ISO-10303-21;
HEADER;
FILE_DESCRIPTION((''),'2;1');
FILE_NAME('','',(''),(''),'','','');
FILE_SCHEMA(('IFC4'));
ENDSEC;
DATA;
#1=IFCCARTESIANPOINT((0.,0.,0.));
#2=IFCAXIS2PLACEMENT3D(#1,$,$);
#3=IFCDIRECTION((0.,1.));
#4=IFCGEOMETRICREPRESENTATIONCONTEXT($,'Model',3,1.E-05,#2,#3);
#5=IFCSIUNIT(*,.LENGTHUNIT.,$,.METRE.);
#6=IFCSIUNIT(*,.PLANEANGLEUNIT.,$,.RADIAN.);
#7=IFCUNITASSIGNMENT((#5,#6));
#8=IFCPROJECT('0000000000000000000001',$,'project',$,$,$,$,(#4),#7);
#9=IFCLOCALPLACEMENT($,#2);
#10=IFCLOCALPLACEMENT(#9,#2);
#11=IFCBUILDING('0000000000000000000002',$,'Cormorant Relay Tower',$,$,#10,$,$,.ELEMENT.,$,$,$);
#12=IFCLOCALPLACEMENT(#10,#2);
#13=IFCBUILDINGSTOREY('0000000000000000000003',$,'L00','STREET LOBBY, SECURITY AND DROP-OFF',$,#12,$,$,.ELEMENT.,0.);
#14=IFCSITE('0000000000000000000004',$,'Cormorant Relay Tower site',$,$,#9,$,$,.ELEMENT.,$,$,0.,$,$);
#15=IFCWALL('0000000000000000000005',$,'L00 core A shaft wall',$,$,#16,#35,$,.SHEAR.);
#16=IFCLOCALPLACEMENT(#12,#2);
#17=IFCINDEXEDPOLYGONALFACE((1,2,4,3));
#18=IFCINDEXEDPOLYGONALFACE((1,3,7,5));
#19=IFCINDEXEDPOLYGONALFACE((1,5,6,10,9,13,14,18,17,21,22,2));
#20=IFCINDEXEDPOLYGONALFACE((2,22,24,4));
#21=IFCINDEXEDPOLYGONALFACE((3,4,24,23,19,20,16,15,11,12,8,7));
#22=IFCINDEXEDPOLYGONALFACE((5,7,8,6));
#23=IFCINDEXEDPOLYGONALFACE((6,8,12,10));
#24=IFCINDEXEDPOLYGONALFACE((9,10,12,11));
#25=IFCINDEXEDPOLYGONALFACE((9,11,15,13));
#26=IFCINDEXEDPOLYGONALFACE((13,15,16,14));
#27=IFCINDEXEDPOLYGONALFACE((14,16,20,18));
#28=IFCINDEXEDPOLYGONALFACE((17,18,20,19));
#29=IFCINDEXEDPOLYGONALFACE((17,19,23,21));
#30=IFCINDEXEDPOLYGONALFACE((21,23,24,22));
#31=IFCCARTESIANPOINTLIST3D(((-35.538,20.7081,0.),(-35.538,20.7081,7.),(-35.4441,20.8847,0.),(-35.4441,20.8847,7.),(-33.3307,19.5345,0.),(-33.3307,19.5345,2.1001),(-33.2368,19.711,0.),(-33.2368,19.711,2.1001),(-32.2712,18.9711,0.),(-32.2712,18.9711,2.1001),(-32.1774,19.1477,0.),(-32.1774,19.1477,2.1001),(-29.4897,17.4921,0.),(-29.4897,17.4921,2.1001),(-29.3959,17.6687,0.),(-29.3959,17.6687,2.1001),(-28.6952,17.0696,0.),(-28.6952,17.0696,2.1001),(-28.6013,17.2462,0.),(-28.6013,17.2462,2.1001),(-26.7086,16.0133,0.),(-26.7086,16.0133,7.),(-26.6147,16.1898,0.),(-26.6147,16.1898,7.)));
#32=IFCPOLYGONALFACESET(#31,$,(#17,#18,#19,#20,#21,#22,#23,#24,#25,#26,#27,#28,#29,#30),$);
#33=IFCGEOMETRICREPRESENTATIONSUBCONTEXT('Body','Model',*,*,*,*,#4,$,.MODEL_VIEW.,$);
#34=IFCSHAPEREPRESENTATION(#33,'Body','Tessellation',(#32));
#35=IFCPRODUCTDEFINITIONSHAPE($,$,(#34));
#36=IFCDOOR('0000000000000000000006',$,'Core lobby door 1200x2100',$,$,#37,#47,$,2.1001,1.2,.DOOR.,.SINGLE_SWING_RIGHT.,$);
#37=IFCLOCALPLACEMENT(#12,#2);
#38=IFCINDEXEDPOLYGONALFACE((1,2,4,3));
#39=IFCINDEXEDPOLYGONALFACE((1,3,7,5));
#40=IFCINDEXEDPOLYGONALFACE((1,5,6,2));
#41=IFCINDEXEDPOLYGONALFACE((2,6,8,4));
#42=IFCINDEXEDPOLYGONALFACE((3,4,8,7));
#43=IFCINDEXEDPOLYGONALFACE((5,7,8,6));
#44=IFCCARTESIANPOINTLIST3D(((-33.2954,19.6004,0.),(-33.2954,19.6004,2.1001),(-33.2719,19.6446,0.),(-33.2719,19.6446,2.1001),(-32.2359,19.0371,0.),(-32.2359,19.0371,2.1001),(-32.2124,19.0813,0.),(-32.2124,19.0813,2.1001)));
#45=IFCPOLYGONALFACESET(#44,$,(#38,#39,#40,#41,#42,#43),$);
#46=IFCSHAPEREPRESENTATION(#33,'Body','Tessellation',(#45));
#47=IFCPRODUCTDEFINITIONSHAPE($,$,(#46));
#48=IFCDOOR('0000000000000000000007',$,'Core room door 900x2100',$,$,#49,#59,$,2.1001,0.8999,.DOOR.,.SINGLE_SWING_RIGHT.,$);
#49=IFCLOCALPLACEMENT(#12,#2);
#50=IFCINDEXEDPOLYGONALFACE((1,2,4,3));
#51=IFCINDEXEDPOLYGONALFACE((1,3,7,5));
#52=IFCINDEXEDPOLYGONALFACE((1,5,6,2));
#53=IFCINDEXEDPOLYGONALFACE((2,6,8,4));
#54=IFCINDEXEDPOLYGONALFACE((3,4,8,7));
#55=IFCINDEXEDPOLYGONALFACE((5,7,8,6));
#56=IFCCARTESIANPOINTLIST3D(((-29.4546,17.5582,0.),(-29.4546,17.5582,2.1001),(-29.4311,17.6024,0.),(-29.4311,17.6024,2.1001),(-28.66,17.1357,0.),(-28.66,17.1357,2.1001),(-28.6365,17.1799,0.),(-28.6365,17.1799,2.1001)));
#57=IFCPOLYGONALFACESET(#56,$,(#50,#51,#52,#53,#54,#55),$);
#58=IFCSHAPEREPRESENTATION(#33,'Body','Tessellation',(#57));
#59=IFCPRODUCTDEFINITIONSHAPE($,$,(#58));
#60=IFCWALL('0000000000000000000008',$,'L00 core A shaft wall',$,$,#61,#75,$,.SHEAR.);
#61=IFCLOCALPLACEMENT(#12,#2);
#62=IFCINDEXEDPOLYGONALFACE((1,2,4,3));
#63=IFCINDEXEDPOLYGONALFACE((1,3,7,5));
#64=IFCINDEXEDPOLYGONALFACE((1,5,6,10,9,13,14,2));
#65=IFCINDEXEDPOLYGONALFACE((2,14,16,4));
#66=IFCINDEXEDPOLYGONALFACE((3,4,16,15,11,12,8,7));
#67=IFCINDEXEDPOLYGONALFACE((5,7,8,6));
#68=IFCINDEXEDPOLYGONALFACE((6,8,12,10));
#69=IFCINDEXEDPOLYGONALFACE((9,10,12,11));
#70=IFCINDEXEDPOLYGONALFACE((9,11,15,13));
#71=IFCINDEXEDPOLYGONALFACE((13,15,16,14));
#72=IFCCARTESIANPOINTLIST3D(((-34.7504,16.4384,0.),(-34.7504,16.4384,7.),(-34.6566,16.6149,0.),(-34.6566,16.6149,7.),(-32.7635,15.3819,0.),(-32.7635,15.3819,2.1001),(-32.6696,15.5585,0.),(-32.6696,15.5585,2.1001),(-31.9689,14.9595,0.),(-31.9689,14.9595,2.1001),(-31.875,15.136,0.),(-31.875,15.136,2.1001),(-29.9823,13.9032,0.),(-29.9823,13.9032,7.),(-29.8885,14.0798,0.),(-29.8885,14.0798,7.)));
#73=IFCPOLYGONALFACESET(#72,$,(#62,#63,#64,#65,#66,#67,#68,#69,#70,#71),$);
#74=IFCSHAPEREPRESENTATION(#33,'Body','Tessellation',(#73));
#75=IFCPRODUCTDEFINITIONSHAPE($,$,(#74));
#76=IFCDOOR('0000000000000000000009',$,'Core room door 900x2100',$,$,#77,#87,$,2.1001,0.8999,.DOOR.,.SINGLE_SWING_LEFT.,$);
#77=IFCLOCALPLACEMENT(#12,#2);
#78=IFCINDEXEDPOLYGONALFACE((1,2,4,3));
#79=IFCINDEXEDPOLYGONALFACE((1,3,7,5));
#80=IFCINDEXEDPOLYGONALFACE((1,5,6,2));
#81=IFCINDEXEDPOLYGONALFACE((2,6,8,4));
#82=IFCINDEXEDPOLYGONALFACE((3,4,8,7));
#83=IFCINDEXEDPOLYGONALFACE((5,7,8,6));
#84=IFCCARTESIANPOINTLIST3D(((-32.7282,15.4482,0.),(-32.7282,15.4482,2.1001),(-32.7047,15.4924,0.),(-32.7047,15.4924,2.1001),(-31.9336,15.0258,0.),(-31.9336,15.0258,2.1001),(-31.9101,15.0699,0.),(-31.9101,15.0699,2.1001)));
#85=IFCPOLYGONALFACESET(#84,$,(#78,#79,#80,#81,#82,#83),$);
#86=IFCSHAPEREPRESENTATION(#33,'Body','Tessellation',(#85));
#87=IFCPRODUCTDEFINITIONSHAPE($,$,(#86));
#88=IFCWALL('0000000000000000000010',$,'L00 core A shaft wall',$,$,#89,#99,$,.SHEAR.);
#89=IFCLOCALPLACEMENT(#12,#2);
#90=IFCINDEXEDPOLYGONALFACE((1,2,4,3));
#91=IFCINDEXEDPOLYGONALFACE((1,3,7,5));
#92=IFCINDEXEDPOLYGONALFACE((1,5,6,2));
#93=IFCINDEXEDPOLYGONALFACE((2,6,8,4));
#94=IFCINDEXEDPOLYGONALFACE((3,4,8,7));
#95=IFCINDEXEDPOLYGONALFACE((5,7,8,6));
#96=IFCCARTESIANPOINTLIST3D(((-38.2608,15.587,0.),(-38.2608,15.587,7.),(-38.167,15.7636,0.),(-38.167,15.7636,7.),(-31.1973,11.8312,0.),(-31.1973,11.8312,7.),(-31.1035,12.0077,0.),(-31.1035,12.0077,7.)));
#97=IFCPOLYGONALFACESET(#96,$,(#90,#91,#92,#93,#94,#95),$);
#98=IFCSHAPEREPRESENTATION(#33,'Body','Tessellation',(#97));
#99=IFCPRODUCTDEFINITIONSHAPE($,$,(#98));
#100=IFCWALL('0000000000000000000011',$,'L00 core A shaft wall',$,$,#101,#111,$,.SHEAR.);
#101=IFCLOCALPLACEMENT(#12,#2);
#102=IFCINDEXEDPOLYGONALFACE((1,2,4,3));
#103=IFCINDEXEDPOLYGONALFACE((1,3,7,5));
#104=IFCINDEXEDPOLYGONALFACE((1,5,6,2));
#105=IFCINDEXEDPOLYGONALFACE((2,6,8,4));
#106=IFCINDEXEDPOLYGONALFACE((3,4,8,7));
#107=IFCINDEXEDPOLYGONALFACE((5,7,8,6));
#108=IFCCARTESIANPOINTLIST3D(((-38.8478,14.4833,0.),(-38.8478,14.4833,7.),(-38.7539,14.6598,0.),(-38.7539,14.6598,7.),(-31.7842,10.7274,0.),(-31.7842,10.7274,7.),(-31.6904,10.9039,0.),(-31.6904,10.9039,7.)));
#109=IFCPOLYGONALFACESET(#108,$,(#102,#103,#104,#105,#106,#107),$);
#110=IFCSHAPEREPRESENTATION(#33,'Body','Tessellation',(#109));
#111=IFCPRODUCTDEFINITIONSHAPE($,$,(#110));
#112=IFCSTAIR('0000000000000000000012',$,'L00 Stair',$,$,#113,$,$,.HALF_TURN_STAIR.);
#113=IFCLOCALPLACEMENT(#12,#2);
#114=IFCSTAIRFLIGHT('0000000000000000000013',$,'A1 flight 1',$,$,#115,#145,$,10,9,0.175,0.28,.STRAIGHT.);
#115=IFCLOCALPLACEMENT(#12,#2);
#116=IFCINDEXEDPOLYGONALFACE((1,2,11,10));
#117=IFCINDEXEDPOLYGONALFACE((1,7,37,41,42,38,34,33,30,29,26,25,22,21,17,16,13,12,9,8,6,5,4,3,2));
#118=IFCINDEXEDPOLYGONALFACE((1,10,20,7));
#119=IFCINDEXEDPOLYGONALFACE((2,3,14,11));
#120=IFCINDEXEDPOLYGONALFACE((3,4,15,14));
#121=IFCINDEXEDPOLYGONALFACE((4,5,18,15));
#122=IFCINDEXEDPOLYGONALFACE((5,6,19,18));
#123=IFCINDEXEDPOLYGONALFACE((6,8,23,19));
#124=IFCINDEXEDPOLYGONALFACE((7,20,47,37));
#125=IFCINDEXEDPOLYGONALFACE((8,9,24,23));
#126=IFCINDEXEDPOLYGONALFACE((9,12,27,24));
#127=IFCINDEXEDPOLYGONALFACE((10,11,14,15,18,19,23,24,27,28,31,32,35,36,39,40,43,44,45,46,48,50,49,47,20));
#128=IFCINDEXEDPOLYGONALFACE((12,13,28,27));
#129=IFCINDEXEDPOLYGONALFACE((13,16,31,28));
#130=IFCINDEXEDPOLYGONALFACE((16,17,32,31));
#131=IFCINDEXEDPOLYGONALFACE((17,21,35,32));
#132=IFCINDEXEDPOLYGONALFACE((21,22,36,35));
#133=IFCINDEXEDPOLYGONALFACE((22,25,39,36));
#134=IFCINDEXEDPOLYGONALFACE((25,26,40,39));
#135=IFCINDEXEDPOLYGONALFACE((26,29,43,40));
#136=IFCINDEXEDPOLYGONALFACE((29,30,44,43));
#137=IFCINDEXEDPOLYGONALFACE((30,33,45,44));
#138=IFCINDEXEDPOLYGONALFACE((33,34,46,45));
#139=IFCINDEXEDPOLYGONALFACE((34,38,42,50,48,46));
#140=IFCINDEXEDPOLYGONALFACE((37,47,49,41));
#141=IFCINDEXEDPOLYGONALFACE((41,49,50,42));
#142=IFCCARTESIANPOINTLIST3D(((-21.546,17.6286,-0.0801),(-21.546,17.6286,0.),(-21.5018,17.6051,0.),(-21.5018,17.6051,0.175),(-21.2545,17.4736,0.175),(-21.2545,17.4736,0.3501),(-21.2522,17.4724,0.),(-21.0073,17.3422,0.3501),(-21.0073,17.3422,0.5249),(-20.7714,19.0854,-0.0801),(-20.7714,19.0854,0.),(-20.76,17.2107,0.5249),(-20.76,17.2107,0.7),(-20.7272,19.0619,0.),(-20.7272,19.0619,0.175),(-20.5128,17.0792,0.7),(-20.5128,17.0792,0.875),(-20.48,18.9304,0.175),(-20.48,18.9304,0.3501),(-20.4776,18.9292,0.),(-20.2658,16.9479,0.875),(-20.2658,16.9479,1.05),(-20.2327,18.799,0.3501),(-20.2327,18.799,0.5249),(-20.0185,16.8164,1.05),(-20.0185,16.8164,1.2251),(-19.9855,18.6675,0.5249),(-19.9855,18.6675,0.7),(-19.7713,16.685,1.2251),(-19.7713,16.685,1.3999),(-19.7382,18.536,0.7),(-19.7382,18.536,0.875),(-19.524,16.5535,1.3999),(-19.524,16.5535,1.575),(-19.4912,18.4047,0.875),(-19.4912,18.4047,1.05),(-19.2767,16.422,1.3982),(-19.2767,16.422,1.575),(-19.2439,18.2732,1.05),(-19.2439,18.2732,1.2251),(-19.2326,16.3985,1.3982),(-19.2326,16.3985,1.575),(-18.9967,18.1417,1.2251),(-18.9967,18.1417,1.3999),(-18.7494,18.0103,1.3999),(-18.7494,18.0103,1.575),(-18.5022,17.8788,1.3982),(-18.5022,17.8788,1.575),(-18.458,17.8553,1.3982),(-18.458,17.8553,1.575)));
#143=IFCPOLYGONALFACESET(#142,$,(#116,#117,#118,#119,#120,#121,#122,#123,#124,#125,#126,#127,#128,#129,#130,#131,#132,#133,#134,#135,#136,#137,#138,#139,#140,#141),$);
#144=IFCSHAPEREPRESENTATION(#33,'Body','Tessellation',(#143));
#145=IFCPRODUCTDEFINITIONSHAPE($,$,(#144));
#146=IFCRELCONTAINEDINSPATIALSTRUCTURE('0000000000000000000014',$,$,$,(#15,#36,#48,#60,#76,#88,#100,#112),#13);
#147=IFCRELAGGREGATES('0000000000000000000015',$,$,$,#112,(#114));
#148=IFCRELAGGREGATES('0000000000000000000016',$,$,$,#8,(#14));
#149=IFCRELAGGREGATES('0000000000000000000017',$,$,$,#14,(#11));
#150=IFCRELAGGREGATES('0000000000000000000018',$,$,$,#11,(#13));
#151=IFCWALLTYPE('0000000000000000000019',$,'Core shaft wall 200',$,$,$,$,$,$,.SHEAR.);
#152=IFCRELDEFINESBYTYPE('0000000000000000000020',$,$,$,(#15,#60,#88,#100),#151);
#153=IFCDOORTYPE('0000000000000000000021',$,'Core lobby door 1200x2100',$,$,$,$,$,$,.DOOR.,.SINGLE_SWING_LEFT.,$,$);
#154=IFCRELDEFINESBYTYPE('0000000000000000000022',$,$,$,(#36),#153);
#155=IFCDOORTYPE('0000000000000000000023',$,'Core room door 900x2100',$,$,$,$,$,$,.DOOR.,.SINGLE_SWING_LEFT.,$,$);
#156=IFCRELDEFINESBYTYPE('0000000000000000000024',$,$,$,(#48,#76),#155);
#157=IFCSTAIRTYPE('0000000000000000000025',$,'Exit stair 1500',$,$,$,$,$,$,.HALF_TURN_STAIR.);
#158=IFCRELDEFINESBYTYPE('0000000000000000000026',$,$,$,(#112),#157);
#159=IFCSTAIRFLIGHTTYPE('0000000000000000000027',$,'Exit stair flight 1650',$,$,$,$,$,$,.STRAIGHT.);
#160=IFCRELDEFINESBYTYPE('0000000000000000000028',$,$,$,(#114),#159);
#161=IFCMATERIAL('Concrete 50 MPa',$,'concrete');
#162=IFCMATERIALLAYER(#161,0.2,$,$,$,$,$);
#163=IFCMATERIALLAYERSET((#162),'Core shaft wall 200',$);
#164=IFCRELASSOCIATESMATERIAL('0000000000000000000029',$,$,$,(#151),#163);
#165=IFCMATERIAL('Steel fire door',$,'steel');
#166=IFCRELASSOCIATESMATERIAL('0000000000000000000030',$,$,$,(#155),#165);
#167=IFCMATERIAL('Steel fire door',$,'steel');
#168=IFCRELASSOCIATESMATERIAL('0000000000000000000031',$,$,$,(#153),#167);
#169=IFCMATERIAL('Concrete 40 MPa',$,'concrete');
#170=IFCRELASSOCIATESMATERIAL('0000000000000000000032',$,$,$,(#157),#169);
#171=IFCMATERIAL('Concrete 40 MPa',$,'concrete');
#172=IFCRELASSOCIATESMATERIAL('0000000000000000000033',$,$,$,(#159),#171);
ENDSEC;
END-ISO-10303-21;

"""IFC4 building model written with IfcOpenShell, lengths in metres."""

from ifc_helpers import new_model, si_unit, direction, frame, frame_2d, origin, place, context, subcontext, project, spatial, polyline, rectangle, outline, extrude, material, layer, layer_set, type_object, element, fill, aggregate, save


model = new_model("IFC4")

# Units and contexts
model_context = context("Model", 3, precision=1e-05, world=origin(), true_north=direction((0.0, 1.0)))
body_context = subcontext(model_context, "Body", "Model", "MODEL_VIEW")
ifc_project = project(units=[si_unit("LENGTHUNIT", "METRE"), si_unit("PLANEANGLEUNIT", "RADIAN")], contexts=[model_context])

# Site, building, storey
site_placement = place(None, origin())
site = spatial("IfcSite", under=ifc_project, at=site_placement, Name="Cormorant Relay Tower site", CompositionType="ELEMENT", RefElevation=0.0)
building_placement = place(site_placement, origin())
building = spatial("IfcBuilding", under=site, at=building_placement, Name="Cormorant Relay Tower", CompositionType="ELEMENT")
storey_placement = place(building_placement, origin())
storey = spatial("IfcBuildingStorey", under=building, at=storey_placement, Name="L00", Description="STREET LOBBY, SECURITY AND DROP-OFF", CompositionType="ELEMENT", Elevation=0.0)

# Shared definitions
ifc_material_1 = material(Name="Concrete 50 MPa", Category="concrete")
ifc_layer_1 = layer(ifc_material_1, 0.2)
ifc_layer_set_1 = layer_set([ifc_layer_1], Name="Core shaft wall 200")
wall_type_1 = type_object("IfcWallType", Name="Core shaft wall 200", PredefinedType="SHEAR", material=ifc_layer_set_1)
ifc_material_2 = material(Name="Steel fire door", Category="steel")
door_type_1 = type_object("IfcDoorType", Name="Core room door 900x2100", OperationType="SINGLE_SWING_LEFT", PredefinedType="DOOR", material=ifc_material_2)

# Wall, openings, doors
wall_1_placement = place(storey_placement, frame((-26.6616, 16.1016, 0.0), z_axis=(0.0, 0.0, 1.0), x_axis=(-0.88294, 0.469485, 0.0)))
wall_1 = element("IfcWall", 1, at=wall_1_placement, inside=storey, type_object=wall_type_1, Name="L00 core A shaft wall", PredefinedType="SHEAR", context=body_context, shape_type="SweptSolid", body=[
    extrude(rectangle(XDim=10.0, YDim=0.2, at=frame_2d((5.0, 0.0))), origin(), (0.0, 0.0, 1.0), 7.0),
])
opening_1_placement = place(wall_1_placement, frame((6.3, 0.0, 0.0)))
opening_1 = element("IfcOpeningElement", 2, at=opening_1_placement, cuts=wall_1, PredefinedType="OPENING", context=body_context, shape_type="SweptSolid", body=[
    extrude(rectangle(XDim=1.2, YDim=2.1001, at=frame_2d((0.6001, 1.05))), frame((0.0, 0.1099, 0.0), z_axis=(0.0, -1.0, 0.0), x_axis=(1.0, 0.0, 0.0)), (0.0, 0.0, 1.0), 0.22),
])
opening_2_placement = place(wall_1_placement, frame((2.25, 0.0, 0.0)))
opening_2 = element("IfcOpeningElement", 3, at=opening_2_placement, cuts=wall_1, PredefinedType="OPENING", context=body_context, shape_type="SweptSolid", body=[
    extrude(rectangle(XDim=0.8999, YDim=2.1001, at=frame_2d((0.45, 1.05))), frame((0.0, 0.1099, 0.0), z_axis=(0.0, -1.0, 0.0), x_axis=(1.0, 0.0, 0.0)), (0.0, 0.0, 1.0), 0.22),
])
ifc_material_3 = material(Name="Steel fire door", Category="steel")
door_type_2 = type_object("IfcDoorType", Name="Core lobby door 1200x2100", OperationType="SINGLE_SWING_LEFT", PredefinedType="DOOR", material=ifc_material_3)
door_1_placement = place(opening_1_placement, frame((1.2, 0.0, 0.0), z_axis=(0.0, 0.0, 1.0), x_axis=(-1.0, 0.0, 0.0)))
door_1 = element("IfcDoor", 4, at=door_1_placement, inside=storey, type_object=door_type_2, Name="Core lobby door 1200x2100", OperationType="SINGLE_SWING_RIGHT", OverallHeight=2.1001, OverallWidth=1.2, PredefinedType="DOOR", context=body_context, shape_type="SweptSolid", body=[
    extrude(rectangle(XDim=1.2, YDim=2.1001, at=frame_2d((0.6001, 1.05))), frame((0.0, 0.0249, 0.0), z_axis=(0.0, -1.0, 0.0), x_axis=(1.0, 0.0, 0.0)), (0.0, 0.0, 1.0), 0.05),
])
fill(opening_1, door_1)
door_2_placement = place(opening_2_placement, frame((0.8999, 0.0, 0.0), z_axis=(0.0, 0.0, 1.0), x_axis=(-1.0, 0.0, 0.0)))
door_2 = element("IfcDoor", 5, at=door_2_placement, inside=storey, type_object=door_type_1, Name="Core room door 900x2100", OperationType="SINGLE_SWING_RIGHT", OverallHeight=2.1001, OverallWidth=0.8999, PredefinedType="DOOR", context=body_context, shape_type="SweptSolid", body=[
    extrude(rectangle(XDim=0.8999, YDim=2.1001, at=frame_2d((0.45, 1.05))), frame((0.0, 0.0249, 0.0), z_axis=(0.0, -1.0, 0.0), x_axis=(1.0, 0.0, 0.0)), (0.0, 0.0, 1.0), 0.05),
])
fill(opening_2, door_2)

# Wall, opening, door
wall_2_placement = place(storey_placement, frame((-29.9353, 13.9915, 0.0), z_axis=(0.0, 0.0, 1.0), x_axis=(-0.882953, 0.469462, 0.0)))
wall_2 = element("IfcWall", 6, at=wall_2_placement, inside=storey, type_object=wall_type_1, Name="L00 core A shaft wall", PredefinedType="SHEAR", context=body_context, shape_type="SweptSolid", body=[
    extrude(rectangle(XDim=5.4001, YDim=0.2, at=frame_2d((2.7002, 0.0))), origin(), (0.0, 0.0, 1.0), 7.0),
])
opening_3_placement = place(wall_2_placement, frame((2.25, 0.0, 0.0)))
opening_3 = element("IfcOpeningElement", 7, at=opening_3_placement, cuts=wall_2, PredefinedType="OPENING", context=body_context, shape_type="SweptSolid", body=[
    extrude(rectangle(XDim=0.8999, YDim=2.1001, at=frame_2d((0.45, 1.05))), frame((0.0, 0.1099, 0.0), z_axis=(0.0, -1.0, 0.0), x_axis=(1.0, 0.0, 0.0)), (0.0, 0.0, 1.0), 0.22),
])
door_3_placement = place(opening_3_placement, origin())
door_3 = element("IfcDoor", 8, at=door_3_placement, inside=storey, type_object=door_type_1, Name="Core room door 900x2100", OperationType="SINGLE_SWING_LEFT", OverallHeight=2.1001, OverallWidth=0.8999, PredefinedType="DOOR", context=body_context, shape_type="SweptSolid", body=[
    extrude(rectangle(XDim=0.8999, YDim=2.1001, at=frame_2d((0.45, 1.05))), frame((0.0, 0.0249, 0.0), z_axis=(0.0, -1.0, 0.0), x_axis=(1.0, 0.0, 0.0)), (0.0, 0.0, 1.0), 0.05),
])
fill(opening_3, door_3)

# Walls
for number, where, z_axis, x_axis, name in (
    (9, (-31.1504, 11.9194, 0.0), (0.0, 0.0, 1.0), (-0.88294, 0.469485, 0.0), "L00 core A shaft wall"),
    (10, (-31.7373, 10.8157, 0.0), (0.0, 0.0, 1.0), (-0.88294, 0.469485, 0.0), "L00 core A shaft wall"),
):
    element("IfcWall", number, at=place(storey_placement, frame(where, z_axis=z_axis, x_axis=x_axis)), inside=storey, type_object=wall_type_1, Name=name, PredefinedType="SHEAR", context=body_context, shape_type="SweptSolid", body=[
        extrude(rectangle(XDim=8.0, YDim=0.2, at=frame_2d((4.0, 0.0))), origin(), (0.0, 0.0, 1.0), 7.0),
    ])

# Stair, stair flight
ifc_material_4 = material(Name="Concrete 40 MPa", Category="concrete")
stair_type = type_object("IfcStairType", Name="Exit stair 1500", PredefinedType="HALF_TURN_STAIR", material=ifc_material_4)
stair_1_placement = place(storey_placement, origin())
stair_1 = element("IfcStair", 11, at=stair_1_placement, inside=storey, type_object=stair_type, Name="L00 Stair", PredefinedType="HALF_TURN_STAIR")
ifc_material_5 = material(Name="Concrete 40 MPa", Category="concrete")
stair_flight_type = type_object("IfcStairFlightType", Name="Exit stair flight 1650", PredefinedType="STRAIGHT", material=ifc_material_5)
stair_flight_1_placement = place(storey_placement, frame((-21.1145, 18.3335, 0.0), z_axis=(0.0, 0.0, 1.0), x_axis=(0.882948, -0.469472, 0.0)))
stair_flight_1 = element("IfcStairFlight", 12, at=stair_flight_1_placement, type_object=stair_flight_type, Name="A1 flight 1", NumberOfRisers=10, NumberOfTreads=9, PredefinedType="STRAIGHT", RiserHeight=0.175, TreadLength=0.28, context=body_context, shape_type="SweptSolid", body=[
    extrude(outline(polyline([(-0.05, -0.0801), (-0.05, 0.0), (0.0, 0.0), (0.0, 0.175), (0.28, 0.175), (0.28, 0.3501), (0.5601, 0.3501), (0.5601, 0.5249), (0.8401, 0.5249), (0.8401, 0.7), (1.1201, 0.7), (1.1201, 0.875), (1.3999, 0.875), (1.3999, 1.05), (1.6799, 1.05), (1.6799, 1.2251), (1.96, 1.2251), (1.96, 1.3999), (2.24, 1.3999), (2.24, 1.575), (2.52, 1.575), (2.5701, 1.575), (2.5701, 1.3982), (2.52, 1.3982), (0.2827, 0.0), (-0.05, -0.0801)])), frame((0.0, 0.825, 0.0), z_axis=(0.0, -1.0, 0.0), x_axis=(1.0, 0.0, 0.0)), (0.0, 0.0, 1.0), 1.6499),
])
aggregate(stair_1, [stair_flight_1])

save(model, "model.ifc")
